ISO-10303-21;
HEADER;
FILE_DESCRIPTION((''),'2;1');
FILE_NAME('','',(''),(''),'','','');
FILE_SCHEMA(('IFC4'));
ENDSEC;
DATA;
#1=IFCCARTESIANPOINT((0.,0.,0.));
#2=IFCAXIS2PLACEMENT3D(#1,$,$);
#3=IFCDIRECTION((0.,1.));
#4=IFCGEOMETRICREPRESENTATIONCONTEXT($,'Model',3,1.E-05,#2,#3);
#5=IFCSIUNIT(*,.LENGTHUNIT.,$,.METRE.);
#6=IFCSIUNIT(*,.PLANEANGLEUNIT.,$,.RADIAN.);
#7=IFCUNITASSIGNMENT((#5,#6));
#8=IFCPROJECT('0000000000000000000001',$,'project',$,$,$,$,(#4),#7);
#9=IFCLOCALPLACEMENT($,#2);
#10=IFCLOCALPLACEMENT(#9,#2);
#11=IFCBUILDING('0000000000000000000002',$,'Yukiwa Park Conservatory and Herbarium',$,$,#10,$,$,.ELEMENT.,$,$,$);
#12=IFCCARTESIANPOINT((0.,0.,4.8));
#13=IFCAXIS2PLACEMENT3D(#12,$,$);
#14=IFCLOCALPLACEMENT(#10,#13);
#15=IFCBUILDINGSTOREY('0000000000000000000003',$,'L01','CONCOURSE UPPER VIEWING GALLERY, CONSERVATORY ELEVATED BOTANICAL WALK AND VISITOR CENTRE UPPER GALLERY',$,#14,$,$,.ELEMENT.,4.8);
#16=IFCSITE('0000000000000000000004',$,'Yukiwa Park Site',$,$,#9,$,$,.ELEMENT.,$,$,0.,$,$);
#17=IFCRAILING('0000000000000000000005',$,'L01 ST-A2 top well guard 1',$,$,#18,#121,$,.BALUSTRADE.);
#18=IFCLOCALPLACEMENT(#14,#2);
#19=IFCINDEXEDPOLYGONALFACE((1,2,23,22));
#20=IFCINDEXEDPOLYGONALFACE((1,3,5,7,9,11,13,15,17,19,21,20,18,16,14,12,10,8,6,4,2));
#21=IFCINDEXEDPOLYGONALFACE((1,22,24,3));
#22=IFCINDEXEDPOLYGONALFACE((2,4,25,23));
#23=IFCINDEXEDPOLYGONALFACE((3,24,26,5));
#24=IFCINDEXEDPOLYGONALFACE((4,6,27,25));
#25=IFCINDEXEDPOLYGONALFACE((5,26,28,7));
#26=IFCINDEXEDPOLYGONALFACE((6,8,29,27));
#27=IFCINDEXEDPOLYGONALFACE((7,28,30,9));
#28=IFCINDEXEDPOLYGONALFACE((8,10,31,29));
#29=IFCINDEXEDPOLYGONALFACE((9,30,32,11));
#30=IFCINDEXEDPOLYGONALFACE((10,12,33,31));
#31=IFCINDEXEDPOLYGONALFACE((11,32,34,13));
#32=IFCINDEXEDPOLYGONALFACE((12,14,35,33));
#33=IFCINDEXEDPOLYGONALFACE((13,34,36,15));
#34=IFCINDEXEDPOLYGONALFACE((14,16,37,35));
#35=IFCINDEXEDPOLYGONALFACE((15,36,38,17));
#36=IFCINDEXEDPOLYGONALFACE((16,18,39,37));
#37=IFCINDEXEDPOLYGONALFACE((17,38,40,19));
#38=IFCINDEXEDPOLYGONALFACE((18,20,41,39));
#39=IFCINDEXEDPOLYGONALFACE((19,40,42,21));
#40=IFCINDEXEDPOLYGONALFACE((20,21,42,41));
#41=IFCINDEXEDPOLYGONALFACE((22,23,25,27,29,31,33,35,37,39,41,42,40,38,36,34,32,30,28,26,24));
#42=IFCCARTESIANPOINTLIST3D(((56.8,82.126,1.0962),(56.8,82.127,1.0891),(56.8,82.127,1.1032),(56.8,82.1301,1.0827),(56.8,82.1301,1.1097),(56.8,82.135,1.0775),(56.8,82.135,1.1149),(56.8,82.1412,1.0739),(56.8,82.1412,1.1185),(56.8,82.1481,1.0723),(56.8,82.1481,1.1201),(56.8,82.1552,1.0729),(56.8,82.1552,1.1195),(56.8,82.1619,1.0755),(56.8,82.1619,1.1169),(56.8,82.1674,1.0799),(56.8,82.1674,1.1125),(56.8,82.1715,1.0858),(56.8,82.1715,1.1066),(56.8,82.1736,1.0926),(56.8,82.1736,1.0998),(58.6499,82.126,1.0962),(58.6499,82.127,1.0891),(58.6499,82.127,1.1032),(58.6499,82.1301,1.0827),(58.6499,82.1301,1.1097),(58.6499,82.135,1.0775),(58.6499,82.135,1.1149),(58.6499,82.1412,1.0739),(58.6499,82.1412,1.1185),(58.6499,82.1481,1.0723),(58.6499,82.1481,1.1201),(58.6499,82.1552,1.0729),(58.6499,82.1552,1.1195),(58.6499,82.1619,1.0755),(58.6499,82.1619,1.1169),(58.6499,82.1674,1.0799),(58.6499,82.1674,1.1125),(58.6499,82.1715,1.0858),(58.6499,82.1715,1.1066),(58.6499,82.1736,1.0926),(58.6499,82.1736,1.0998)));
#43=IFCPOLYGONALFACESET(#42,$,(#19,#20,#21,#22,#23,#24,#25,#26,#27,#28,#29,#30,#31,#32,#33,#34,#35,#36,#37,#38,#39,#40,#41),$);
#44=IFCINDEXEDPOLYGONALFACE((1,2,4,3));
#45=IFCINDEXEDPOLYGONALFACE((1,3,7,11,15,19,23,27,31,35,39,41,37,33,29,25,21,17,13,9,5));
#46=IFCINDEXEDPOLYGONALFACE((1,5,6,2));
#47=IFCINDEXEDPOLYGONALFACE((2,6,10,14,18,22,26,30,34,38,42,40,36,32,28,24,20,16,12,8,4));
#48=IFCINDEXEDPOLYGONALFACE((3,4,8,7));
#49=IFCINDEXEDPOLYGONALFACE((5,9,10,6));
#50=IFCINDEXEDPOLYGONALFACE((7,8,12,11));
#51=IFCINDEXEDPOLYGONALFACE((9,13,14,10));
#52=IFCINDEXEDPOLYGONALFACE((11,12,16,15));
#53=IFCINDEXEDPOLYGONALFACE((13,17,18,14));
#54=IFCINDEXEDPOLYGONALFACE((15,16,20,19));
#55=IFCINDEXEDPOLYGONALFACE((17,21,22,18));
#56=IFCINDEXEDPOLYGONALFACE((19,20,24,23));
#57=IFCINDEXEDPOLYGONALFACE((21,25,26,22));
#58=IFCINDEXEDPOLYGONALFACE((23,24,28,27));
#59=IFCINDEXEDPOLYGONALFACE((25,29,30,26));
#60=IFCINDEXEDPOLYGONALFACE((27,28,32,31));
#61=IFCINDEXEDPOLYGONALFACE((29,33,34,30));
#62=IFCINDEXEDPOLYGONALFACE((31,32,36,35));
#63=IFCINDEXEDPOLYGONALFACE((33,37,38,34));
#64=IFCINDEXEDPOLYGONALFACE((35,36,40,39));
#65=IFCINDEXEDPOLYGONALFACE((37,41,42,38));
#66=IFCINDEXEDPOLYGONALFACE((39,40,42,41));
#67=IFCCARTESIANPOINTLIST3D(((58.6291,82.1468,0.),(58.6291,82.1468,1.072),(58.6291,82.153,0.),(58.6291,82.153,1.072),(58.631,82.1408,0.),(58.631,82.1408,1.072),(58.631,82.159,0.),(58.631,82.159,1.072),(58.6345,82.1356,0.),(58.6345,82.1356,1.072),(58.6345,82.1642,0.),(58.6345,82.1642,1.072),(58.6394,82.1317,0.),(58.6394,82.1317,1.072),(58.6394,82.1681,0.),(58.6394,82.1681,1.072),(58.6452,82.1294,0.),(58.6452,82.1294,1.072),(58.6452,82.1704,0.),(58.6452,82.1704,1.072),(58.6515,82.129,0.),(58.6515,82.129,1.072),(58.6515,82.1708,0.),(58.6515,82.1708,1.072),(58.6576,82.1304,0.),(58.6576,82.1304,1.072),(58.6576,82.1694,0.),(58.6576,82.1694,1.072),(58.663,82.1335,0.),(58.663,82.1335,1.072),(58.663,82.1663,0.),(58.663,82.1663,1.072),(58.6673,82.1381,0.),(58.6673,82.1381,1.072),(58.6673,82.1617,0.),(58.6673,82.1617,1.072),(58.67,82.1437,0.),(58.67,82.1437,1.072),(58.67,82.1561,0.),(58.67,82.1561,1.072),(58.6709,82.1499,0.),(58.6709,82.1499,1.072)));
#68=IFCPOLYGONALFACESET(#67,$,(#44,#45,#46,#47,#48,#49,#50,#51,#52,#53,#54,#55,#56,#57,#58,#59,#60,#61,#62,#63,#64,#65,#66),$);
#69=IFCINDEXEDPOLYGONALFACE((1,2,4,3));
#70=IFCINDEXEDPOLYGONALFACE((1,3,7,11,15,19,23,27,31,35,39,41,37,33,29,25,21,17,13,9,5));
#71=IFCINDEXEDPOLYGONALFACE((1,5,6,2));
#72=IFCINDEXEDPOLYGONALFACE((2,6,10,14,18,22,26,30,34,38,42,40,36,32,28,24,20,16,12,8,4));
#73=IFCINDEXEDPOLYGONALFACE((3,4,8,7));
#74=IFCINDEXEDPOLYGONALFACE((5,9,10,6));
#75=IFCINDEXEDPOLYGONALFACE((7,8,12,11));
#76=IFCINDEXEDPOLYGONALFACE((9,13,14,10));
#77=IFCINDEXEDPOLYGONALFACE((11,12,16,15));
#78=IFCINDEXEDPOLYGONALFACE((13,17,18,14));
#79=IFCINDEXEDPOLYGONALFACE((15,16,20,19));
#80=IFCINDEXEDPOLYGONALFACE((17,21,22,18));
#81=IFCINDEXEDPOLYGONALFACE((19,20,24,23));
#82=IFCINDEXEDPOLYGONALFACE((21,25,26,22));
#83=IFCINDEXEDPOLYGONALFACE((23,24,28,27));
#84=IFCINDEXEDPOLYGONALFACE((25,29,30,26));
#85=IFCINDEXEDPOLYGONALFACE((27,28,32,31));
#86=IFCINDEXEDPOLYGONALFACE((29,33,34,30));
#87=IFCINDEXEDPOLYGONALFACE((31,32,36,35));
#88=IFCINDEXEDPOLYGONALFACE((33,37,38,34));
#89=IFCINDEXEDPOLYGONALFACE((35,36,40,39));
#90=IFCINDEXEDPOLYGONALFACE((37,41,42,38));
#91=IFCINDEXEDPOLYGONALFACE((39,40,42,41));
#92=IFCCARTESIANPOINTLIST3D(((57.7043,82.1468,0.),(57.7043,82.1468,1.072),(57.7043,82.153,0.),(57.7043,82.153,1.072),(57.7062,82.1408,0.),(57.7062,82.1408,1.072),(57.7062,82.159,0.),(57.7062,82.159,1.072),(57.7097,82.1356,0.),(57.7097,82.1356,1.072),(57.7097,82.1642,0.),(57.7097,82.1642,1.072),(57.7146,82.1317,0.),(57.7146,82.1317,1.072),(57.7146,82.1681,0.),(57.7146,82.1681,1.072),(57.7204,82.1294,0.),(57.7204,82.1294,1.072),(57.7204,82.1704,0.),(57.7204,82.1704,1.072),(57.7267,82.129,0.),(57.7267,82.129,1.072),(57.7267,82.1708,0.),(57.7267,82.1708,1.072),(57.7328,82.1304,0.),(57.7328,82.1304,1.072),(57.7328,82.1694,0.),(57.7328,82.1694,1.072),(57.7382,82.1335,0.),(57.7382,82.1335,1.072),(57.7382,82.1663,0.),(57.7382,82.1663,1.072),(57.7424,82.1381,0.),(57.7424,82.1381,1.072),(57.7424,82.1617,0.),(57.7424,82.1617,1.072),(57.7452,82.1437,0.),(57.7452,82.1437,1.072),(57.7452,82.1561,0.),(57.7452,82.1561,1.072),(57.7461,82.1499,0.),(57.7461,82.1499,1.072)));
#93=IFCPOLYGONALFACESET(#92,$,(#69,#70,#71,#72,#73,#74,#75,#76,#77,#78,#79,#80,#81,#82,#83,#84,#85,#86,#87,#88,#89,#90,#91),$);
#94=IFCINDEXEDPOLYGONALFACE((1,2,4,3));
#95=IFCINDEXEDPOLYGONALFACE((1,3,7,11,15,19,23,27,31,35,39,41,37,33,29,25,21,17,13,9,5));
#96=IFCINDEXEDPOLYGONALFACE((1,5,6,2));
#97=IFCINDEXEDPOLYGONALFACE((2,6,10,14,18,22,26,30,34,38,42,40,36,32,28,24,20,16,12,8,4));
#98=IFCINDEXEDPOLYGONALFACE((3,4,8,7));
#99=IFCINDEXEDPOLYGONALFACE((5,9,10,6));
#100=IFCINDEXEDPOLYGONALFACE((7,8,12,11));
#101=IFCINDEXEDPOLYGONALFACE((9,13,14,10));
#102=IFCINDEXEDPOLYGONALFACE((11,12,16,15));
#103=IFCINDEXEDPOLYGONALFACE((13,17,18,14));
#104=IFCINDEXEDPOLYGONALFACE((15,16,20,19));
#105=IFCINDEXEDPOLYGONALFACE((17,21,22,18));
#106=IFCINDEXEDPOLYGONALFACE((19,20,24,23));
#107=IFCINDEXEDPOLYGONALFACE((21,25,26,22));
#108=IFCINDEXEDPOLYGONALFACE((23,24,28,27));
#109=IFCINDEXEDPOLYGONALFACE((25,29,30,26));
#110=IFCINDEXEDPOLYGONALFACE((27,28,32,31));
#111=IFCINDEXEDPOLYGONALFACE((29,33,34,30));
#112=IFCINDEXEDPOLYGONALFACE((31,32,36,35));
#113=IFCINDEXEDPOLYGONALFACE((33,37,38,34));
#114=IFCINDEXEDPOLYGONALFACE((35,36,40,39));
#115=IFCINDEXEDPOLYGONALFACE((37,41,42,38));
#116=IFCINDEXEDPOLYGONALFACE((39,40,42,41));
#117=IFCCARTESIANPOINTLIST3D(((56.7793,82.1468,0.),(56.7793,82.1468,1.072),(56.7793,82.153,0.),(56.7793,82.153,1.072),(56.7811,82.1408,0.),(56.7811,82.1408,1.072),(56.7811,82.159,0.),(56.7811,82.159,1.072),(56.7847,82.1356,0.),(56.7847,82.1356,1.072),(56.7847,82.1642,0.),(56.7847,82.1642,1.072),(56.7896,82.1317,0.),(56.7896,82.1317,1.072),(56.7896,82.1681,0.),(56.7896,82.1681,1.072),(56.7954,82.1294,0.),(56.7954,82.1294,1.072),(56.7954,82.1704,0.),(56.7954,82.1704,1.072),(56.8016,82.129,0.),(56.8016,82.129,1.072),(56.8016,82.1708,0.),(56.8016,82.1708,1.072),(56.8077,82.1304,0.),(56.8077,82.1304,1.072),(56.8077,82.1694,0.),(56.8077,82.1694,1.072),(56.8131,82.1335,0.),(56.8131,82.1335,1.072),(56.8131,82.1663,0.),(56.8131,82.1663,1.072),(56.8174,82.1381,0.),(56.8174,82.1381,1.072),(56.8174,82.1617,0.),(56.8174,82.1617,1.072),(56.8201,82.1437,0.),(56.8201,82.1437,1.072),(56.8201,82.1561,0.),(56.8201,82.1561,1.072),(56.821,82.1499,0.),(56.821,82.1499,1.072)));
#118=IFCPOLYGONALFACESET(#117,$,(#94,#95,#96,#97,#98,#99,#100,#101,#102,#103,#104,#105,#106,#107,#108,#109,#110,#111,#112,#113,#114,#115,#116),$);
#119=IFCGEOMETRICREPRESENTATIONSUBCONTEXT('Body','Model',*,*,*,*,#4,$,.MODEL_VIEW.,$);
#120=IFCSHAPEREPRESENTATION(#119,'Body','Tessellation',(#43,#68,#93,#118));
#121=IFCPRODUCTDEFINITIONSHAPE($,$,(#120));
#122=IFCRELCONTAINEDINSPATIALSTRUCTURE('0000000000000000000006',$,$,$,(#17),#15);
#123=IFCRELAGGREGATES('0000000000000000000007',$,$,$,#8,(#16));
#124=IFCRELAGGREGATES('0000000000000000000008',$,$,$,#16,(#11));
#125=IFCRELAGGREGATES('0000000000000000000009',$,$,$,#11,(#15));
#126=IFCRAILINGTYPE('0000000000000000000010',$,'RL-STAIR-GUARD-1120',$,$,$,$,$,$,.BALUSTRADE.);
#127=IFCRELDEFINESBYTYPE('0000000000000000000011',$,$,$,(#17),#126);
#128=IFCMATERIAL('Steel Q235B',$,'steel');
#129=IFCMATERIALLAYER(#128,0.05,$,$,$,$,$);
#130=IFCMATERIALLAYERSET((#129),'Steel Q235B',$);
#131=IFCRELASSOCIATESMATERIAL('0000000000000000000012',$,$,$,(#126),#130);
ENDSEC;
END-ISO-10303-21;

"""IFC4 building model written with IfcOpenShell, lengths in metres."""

from ifc_helpers import new_model, si_unit, direction, frame, origin, origin_2d, place, context, subcontext, project, spatial, circle, extrude, material, layer, layer_set, type_object, element, save


model = new_model("IFC4")

# Units and contexts
model_context = context("Model", 3, precision=1e-05, world=origin(), true_north=direction((0.0, 1.0)))
body_context = subcontext(model_context, "Body", "Model", "MODEL_VIEW")
ifc_project = project(units=[si_unit("LENGTHUNIT", "METRE"), si_unit("PLANEANGLEUNIT", "RADIAN")], contexts=[model_context])

# Site, building, storey
site_placement = place(None, origin())
site = spatial("IfcSite", under=ifc_project, at=site_placement, Name="Yukiwa Park Site", CompositionType="ELEMENT", RefElevation=0.0)
building_placement = place(site_placement, origin())
building = spatial("IfcBuilding", under=site, at=building_placement, Name="Yukiwa Park Conservatory and Herbarium", CompositionType="ELEMENT")
storey_placement = place(building_placement, frame((0.0, 0.0, 4.8)))
storey = spatial("IfcBuildingStorey", under=building, at=storey_placement, Name="L01", Description="CONCOURSE UPPER VIEWING GALLERY, CONSERVATORY ELEVATED BOTANICAL WALK AND VISITOR CENTRE UPPER GALLERY", CompositionType="ELEMENT", Elevation=4.8)

# Railing
ifc_material_1 = material(Name="Steel Q235B", Category="steel")
ifc_layer_1 = layer(ifc_material_1, 0.05)
ifc_layer_set_1 = layer_set([ifc_layer_1], Name="Steel Q235B")
railing_type = type_object("IfcRailingType", Name="RL-STAIR-GUARD-1120", PredefinedType="BALUSTRADE", material=ifc_layer_set_1)
railing_placement = place(storey_placement, frame((58.6499, 82.1499, 0.0)))
element("IfcRailing", 1, at=railing_placement, inside=storey, type_object=railing_type, Name="L01 ST-A2 top well guard 1", PredefinedType="BALUSTRADE", context=body_context, shape_type="SweptSolid", body=[
    extrude(circle(Radius=0.0239, at=origin_2d()), frame((0.0, 0.0, 1.0962), z_axis=(-1.0, 0.0, 0.0), x_axis=(0.0, -1.0, 0.0)), (0.0, 0.0, 1.0), 1.8499),
    extrude(circle(Radius=0.021, at=origin_2d()), origin(), (0.0, 0.0, 1.0), 1.072),
    extrude(circle(Radius=0.021, at=origin_2d()), frame((-0.9248, 0.0, 0.0)), (0.0, 0.0, 1.0), 1.072),
    extrude(circle(Radius=0.021, at=origin_2d()), frame((-1.8499, 0.0, 0.0)), (0.0, 0.0, 1.0), 1.072),
])

save(model, "model.ifc")
